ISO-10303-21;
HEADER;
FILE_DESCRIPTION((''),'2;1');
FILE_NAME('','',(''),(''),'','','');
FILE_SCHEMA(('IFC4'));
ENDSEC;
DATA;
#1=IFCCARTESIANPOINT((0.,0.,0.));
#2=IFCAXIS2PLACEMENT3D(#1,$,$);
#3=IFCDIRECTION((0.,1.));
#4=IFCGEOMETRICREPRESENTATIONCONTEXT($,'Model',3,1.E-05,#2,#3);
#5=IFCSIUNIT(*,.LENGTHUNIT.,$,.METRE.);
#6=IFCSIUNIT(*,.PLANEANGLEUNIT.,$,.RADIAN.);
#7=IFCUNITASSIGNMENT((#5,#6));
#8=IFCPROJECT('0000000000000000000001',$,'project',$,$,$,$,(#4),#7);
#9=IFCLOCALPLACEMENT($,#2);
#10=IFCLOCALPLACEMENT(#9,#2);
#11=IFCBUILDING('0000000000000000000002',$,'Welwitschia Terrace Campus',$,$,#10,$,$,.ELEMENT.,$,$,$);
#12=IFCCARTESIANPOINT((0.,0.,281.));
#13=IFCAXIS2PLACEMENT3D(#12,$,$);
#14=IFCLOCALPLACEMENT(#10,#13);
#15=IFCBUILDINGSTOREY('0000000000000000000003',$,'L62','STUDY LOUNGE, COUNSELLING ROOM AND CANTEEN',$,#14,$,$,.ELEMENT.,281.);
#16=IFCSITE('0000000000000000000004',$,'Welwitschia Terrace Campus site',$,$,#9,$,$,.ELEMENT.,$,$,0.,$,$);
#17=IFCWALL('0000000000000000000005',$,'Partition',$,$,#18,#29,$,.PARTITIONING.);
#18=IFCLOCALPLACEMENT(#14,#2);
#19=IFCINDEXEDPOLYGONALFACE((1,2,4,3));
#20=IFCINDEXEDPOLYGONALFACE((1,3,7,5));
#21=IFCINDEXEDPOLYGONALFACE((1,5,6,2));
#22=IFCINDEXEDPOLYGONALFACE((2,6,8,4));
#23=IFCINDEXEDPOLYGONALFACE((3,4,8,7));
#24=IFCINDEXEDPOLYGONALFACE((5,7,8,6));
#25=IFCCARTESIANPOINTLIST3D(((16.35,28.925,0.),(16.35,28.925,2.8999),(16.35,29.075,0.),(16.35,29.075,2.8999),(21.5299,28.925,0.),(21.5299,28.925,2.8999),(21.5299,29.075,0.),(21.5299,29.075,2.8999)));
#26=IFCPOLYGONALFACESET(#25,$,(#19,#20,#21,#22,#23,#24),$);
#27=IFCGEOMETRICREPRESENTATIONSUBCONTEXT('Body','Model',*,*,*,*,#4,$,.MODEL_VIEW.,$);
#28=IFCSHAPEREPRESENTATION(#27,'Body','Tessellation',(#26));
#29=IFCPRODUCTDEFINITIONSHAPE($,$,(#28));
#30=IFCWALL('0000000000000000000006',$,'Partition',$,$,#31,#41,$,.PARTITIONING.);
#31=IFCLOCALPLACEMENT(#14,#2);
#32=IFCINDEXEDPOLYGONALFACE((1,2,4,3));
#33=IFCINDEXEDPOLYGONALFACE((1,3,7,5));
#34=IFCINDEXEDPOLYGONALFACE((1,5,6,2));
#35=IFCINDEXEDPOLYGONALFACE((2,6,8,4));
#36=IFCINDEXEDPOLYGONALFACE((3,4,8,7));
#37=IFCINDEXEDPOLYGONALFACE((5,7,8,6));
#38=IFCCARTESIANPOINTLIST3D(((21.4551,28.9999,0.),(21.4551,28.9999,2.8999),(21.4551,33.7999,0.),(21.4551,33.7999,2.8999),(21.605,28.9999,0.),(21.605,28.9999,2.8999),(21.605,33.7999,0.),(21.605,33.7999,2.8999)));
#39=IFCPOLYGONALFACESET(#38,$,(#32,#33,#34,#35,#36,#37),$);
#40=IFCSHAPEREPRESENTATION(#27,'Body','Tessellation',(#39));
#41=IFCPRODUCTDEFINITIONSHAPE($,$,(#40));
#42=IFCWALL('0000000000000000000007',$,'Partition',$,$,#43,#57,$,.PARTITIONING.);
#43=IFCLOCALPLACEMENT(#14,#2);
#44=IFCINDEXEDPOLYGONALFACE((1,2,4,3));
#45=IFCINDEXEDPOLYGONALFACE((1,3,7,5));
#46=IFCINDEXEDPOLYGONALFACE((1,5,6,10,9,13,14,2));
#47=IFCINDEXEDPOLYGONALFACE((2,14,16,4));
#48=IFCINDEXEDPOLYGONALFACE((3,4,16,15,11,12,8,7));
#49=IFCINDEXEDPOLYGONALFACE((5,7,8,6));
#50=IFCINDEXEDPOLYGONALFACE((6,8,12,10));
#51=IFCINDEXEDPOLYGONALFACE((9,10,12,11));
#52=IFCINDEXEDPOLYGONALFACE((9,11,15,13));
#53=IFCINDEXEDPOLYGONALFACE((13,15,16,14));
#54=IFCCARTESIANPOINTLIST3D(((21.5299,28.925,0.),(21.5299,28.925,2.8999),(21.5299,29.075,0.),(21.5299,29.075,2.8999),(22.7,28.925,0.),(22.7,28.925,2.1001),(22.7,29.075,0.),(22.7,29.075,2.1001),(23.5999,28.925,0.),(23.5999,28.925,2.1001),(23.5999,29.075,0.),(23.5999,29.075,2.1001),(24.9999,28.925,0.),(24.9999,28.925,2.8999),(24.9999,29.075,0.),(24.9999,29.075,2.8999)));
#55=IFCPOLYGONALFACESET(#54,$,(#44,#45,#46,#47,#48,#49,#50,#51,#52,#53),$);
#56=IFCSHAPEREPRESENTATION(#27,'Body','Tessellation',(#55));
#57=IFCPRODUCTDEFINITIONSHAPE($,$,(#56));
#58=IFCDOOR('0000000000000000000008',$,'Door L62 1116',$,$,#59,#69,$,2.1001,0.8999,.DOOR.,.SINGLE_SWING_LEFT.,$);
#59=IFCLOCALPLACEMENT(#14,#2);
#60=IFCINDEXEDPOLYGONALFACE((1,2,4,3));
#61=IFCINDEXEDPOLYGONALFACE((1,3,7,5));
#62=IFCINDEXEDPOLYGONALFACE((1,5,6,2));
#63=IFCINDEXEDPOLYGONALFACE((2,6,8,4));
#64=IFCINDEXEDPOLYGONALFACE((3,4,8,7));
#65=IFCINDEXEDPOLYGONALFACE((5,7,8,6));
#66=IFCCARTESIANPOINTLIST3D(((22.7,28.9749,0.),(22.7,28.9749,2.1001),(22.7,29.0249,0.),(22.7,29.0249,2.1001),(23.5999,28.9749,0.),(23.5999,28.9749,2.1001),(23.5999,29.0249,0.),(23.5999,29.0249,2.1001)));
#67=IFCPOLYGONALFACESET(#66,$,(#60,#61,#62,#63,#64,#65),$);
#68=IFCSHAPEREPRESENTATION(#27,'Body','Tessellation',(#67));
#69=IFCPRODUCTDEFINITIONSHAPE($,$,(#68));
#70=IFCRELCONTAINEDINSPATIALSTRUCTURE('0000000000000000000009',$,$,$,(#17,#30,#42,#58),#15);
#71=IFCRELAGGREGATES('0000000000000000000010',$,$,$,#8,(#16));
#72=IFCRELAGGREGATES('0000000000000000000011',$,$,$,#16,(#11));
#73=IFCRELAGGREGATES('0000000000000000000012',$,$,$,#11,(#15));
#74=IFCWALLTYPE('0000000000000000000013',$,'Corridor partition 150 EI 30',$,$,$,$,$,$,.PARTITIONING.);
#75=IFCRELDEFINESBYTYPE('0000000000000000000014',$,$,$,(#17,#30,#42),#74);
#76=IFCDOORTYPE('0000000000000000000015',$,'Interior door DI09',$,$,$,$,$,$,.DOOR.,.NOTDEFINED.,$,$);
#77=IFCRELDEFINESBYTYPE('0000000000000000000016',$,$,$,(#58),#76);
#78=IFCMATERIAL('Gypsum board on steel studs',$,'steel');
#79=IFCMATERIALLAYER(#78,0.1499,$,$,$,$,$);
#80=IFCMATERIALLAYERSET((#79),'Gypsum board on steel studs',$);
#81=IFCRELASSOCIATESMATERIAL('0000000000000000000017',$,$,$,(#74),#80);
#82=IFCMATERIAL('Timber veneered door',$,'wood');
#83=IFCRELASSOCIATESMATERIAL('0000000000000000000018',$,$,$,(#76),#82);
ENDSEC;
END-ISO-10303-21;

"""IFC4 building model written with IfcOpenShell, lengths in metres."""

from ifc_helpers import new_model, si_unit, direction, frame, frame_2d, origin, place, context, subcontext, project, spatial, rectangle, extrude, material, layer, layer_set, type_object, element, fill, save


model = new_model("IFC4")

# Units and contexts
model_context = context("Model", 3, precision=1e-05, world=origin(), true_north=direction((0.0, 1.0)))
body_context = subcontext(model_context, "Body", "Model", "MODEL_VIEW")
ifc_project = project(units=[si_unit("LENGTHUNIT", "METRE"), si_unit("PLANEANGLEUNIT", "RADIAN")], contexts=[model_context])

# Site, building, storey
site_placement = place(None, origin())
site = spatial("IfcSite", under=ifc_project, at=site_placement, Name="Welwitschia Terrace Campus site", CompositionType="ELEMENT", RefElevation=0.0)
building_placement = place(site_placement, origin())
building = spatial("IfcBuilding", under=site, at=building_placement, Name="Welwitschia Terrace Campus", CompositionType="ELEMENT")
storey_placement = place(building_placement, frame((0.0, 0.0, 281.0)))
storey = spatial("IfcBuildingStorey", under=building, at=storey_placement, Name="L62", Description="STUDY LOUNGE, COUNSELLING ROOM AND CANTEEN", CompositionType="ELEMENT", Elevation=281.0)

# Shared definitions
ifc_material_1 = material(Name="Gypsum board on steel studs", Category="steel")
ifc_layer_1 = layer(ifc_material_1, 0.1499)
ifc_layer_set_1 = layer_set([ifc_layer_1], Name="Gypsum board on steel studs")
wall_type_1 = type_object("IfcWallType", Name="Corridor partition 150 EI 30", PredefinedType="PARTITIONING", material=ifc_layer_set_1)
ifc_material_2 = material(Name="Timber veneered door", Category="wood")
door_type_1 = type_object("IfcDoorType", Name="Interior door DI09", OperationType="NOTDEFINED", PredefinedType="DOOR", material=ifc_material_2)

# Walls
wall_1_placement = place(storey_placement, frame((16.3501, 29.0, 0.0), z_axis=(0.0, 0.0, 1.0), x_axis=(1.0, 0.0, 0.0)))
element("IfcWall", 1, at=wall_1_placement, inside=storey, type_object=wall_type_1, Name="Partition", PredefinedType="PARTITIONING", context=body_context, shape_type="SweptSolid", body=[
    extrude(rectangle(XDim=5.1799, YDim=0.1499, at=frame_2d((2.5898, 0.0))), origin(), (0.0, 0.0, 1.0), 2.8999),
])
wall_2_placement = place(storey_placement, frame((21.53, 29.0, 0.0), z_axis=(0.0, 0.0, 1.0), x_axis=(0.0, 1.0, 0.0)))
element("IfcWall", 2, at=wall_2_placement, inside=storey, type_object=wall_type_1, Name="Partition", PredefinedType="PARTITIONING", context=body_context, shape_type="SweptSolid", body=[
    extrude(rectangle(XDim=4.8, YDim=0.1499, at=frame_2d((2.3999, 0.0))), origin(), (0.0, 0.0, 1.0), 2.8999),
])

# Wall, opening, door
wall_3_placement = place(storey_placement, frame((21.53, 29.0, 0.0), z_axis=(0.0, 0.0, 1.0), x_axis=(1.0, 0.0, 0.0)))
wall_3 = element("IfcWall", 3, at=wall_3_placement, inside=storey, type_object=wall_type_1, Name="Partition", PredefinedType="PARTITIONING", context=body_context, shape_type="SweptSolid", body=[
    extrude(rectangle(XDim=3.47, YDim=0.1499, at=frame_2d((1.7349, 0.0))), origin(), (0.0, 0.0, 1.0), 2.8999),
])
opening_1_placement = place(wall_3_placement, frame((1.1699, 0.0, 0.0)))
opening_1 = element("IfcOpeningElement", 4, at=opening_1_placement, cuts=wall_3, PredefinedType="OPENING", context=body_context, shape_type="SweptSolid", body=[
    extrude(rectangle(XDim=0.8999, YDim=2.1001, at=frame_2d((0.45, 1.05))), frame((0.0, 0.085, 0.0), z_axis=(0.0, -1.0, 0.0), x_axis=(1.0, 0.0, 0.0)), (0.0, 0.0, 1.0), 0.1699),
])
door_1_placement = place(opening_1_placement, origin())
door_1 = element("IfcDoor", 5, at=door_1_placement, inside=storey, type_object=door_type_1, Name="Door L62 1116", OperationType="SINGLE_SWING_LEFT", OverallHeight=2.1001, OverallWidth=0.8999, PredefinedType="DOOR", context=body_context, shape_type="SweptSolid", body=[
    extrude(rectangle(XDim=0.8999, YDim=2.1001, at=frame_2d((0.45, 1.05))), frame((0.0, 0.0249, 0.0), z_axis=(0.0, -1.0, 0.0), x_axis=(1.0, 0.0, 0.0)), (0.0, 0.0, 1.0), 0.05),
])
fill(opening_1, door_1)

save(model, "model.ifc")
